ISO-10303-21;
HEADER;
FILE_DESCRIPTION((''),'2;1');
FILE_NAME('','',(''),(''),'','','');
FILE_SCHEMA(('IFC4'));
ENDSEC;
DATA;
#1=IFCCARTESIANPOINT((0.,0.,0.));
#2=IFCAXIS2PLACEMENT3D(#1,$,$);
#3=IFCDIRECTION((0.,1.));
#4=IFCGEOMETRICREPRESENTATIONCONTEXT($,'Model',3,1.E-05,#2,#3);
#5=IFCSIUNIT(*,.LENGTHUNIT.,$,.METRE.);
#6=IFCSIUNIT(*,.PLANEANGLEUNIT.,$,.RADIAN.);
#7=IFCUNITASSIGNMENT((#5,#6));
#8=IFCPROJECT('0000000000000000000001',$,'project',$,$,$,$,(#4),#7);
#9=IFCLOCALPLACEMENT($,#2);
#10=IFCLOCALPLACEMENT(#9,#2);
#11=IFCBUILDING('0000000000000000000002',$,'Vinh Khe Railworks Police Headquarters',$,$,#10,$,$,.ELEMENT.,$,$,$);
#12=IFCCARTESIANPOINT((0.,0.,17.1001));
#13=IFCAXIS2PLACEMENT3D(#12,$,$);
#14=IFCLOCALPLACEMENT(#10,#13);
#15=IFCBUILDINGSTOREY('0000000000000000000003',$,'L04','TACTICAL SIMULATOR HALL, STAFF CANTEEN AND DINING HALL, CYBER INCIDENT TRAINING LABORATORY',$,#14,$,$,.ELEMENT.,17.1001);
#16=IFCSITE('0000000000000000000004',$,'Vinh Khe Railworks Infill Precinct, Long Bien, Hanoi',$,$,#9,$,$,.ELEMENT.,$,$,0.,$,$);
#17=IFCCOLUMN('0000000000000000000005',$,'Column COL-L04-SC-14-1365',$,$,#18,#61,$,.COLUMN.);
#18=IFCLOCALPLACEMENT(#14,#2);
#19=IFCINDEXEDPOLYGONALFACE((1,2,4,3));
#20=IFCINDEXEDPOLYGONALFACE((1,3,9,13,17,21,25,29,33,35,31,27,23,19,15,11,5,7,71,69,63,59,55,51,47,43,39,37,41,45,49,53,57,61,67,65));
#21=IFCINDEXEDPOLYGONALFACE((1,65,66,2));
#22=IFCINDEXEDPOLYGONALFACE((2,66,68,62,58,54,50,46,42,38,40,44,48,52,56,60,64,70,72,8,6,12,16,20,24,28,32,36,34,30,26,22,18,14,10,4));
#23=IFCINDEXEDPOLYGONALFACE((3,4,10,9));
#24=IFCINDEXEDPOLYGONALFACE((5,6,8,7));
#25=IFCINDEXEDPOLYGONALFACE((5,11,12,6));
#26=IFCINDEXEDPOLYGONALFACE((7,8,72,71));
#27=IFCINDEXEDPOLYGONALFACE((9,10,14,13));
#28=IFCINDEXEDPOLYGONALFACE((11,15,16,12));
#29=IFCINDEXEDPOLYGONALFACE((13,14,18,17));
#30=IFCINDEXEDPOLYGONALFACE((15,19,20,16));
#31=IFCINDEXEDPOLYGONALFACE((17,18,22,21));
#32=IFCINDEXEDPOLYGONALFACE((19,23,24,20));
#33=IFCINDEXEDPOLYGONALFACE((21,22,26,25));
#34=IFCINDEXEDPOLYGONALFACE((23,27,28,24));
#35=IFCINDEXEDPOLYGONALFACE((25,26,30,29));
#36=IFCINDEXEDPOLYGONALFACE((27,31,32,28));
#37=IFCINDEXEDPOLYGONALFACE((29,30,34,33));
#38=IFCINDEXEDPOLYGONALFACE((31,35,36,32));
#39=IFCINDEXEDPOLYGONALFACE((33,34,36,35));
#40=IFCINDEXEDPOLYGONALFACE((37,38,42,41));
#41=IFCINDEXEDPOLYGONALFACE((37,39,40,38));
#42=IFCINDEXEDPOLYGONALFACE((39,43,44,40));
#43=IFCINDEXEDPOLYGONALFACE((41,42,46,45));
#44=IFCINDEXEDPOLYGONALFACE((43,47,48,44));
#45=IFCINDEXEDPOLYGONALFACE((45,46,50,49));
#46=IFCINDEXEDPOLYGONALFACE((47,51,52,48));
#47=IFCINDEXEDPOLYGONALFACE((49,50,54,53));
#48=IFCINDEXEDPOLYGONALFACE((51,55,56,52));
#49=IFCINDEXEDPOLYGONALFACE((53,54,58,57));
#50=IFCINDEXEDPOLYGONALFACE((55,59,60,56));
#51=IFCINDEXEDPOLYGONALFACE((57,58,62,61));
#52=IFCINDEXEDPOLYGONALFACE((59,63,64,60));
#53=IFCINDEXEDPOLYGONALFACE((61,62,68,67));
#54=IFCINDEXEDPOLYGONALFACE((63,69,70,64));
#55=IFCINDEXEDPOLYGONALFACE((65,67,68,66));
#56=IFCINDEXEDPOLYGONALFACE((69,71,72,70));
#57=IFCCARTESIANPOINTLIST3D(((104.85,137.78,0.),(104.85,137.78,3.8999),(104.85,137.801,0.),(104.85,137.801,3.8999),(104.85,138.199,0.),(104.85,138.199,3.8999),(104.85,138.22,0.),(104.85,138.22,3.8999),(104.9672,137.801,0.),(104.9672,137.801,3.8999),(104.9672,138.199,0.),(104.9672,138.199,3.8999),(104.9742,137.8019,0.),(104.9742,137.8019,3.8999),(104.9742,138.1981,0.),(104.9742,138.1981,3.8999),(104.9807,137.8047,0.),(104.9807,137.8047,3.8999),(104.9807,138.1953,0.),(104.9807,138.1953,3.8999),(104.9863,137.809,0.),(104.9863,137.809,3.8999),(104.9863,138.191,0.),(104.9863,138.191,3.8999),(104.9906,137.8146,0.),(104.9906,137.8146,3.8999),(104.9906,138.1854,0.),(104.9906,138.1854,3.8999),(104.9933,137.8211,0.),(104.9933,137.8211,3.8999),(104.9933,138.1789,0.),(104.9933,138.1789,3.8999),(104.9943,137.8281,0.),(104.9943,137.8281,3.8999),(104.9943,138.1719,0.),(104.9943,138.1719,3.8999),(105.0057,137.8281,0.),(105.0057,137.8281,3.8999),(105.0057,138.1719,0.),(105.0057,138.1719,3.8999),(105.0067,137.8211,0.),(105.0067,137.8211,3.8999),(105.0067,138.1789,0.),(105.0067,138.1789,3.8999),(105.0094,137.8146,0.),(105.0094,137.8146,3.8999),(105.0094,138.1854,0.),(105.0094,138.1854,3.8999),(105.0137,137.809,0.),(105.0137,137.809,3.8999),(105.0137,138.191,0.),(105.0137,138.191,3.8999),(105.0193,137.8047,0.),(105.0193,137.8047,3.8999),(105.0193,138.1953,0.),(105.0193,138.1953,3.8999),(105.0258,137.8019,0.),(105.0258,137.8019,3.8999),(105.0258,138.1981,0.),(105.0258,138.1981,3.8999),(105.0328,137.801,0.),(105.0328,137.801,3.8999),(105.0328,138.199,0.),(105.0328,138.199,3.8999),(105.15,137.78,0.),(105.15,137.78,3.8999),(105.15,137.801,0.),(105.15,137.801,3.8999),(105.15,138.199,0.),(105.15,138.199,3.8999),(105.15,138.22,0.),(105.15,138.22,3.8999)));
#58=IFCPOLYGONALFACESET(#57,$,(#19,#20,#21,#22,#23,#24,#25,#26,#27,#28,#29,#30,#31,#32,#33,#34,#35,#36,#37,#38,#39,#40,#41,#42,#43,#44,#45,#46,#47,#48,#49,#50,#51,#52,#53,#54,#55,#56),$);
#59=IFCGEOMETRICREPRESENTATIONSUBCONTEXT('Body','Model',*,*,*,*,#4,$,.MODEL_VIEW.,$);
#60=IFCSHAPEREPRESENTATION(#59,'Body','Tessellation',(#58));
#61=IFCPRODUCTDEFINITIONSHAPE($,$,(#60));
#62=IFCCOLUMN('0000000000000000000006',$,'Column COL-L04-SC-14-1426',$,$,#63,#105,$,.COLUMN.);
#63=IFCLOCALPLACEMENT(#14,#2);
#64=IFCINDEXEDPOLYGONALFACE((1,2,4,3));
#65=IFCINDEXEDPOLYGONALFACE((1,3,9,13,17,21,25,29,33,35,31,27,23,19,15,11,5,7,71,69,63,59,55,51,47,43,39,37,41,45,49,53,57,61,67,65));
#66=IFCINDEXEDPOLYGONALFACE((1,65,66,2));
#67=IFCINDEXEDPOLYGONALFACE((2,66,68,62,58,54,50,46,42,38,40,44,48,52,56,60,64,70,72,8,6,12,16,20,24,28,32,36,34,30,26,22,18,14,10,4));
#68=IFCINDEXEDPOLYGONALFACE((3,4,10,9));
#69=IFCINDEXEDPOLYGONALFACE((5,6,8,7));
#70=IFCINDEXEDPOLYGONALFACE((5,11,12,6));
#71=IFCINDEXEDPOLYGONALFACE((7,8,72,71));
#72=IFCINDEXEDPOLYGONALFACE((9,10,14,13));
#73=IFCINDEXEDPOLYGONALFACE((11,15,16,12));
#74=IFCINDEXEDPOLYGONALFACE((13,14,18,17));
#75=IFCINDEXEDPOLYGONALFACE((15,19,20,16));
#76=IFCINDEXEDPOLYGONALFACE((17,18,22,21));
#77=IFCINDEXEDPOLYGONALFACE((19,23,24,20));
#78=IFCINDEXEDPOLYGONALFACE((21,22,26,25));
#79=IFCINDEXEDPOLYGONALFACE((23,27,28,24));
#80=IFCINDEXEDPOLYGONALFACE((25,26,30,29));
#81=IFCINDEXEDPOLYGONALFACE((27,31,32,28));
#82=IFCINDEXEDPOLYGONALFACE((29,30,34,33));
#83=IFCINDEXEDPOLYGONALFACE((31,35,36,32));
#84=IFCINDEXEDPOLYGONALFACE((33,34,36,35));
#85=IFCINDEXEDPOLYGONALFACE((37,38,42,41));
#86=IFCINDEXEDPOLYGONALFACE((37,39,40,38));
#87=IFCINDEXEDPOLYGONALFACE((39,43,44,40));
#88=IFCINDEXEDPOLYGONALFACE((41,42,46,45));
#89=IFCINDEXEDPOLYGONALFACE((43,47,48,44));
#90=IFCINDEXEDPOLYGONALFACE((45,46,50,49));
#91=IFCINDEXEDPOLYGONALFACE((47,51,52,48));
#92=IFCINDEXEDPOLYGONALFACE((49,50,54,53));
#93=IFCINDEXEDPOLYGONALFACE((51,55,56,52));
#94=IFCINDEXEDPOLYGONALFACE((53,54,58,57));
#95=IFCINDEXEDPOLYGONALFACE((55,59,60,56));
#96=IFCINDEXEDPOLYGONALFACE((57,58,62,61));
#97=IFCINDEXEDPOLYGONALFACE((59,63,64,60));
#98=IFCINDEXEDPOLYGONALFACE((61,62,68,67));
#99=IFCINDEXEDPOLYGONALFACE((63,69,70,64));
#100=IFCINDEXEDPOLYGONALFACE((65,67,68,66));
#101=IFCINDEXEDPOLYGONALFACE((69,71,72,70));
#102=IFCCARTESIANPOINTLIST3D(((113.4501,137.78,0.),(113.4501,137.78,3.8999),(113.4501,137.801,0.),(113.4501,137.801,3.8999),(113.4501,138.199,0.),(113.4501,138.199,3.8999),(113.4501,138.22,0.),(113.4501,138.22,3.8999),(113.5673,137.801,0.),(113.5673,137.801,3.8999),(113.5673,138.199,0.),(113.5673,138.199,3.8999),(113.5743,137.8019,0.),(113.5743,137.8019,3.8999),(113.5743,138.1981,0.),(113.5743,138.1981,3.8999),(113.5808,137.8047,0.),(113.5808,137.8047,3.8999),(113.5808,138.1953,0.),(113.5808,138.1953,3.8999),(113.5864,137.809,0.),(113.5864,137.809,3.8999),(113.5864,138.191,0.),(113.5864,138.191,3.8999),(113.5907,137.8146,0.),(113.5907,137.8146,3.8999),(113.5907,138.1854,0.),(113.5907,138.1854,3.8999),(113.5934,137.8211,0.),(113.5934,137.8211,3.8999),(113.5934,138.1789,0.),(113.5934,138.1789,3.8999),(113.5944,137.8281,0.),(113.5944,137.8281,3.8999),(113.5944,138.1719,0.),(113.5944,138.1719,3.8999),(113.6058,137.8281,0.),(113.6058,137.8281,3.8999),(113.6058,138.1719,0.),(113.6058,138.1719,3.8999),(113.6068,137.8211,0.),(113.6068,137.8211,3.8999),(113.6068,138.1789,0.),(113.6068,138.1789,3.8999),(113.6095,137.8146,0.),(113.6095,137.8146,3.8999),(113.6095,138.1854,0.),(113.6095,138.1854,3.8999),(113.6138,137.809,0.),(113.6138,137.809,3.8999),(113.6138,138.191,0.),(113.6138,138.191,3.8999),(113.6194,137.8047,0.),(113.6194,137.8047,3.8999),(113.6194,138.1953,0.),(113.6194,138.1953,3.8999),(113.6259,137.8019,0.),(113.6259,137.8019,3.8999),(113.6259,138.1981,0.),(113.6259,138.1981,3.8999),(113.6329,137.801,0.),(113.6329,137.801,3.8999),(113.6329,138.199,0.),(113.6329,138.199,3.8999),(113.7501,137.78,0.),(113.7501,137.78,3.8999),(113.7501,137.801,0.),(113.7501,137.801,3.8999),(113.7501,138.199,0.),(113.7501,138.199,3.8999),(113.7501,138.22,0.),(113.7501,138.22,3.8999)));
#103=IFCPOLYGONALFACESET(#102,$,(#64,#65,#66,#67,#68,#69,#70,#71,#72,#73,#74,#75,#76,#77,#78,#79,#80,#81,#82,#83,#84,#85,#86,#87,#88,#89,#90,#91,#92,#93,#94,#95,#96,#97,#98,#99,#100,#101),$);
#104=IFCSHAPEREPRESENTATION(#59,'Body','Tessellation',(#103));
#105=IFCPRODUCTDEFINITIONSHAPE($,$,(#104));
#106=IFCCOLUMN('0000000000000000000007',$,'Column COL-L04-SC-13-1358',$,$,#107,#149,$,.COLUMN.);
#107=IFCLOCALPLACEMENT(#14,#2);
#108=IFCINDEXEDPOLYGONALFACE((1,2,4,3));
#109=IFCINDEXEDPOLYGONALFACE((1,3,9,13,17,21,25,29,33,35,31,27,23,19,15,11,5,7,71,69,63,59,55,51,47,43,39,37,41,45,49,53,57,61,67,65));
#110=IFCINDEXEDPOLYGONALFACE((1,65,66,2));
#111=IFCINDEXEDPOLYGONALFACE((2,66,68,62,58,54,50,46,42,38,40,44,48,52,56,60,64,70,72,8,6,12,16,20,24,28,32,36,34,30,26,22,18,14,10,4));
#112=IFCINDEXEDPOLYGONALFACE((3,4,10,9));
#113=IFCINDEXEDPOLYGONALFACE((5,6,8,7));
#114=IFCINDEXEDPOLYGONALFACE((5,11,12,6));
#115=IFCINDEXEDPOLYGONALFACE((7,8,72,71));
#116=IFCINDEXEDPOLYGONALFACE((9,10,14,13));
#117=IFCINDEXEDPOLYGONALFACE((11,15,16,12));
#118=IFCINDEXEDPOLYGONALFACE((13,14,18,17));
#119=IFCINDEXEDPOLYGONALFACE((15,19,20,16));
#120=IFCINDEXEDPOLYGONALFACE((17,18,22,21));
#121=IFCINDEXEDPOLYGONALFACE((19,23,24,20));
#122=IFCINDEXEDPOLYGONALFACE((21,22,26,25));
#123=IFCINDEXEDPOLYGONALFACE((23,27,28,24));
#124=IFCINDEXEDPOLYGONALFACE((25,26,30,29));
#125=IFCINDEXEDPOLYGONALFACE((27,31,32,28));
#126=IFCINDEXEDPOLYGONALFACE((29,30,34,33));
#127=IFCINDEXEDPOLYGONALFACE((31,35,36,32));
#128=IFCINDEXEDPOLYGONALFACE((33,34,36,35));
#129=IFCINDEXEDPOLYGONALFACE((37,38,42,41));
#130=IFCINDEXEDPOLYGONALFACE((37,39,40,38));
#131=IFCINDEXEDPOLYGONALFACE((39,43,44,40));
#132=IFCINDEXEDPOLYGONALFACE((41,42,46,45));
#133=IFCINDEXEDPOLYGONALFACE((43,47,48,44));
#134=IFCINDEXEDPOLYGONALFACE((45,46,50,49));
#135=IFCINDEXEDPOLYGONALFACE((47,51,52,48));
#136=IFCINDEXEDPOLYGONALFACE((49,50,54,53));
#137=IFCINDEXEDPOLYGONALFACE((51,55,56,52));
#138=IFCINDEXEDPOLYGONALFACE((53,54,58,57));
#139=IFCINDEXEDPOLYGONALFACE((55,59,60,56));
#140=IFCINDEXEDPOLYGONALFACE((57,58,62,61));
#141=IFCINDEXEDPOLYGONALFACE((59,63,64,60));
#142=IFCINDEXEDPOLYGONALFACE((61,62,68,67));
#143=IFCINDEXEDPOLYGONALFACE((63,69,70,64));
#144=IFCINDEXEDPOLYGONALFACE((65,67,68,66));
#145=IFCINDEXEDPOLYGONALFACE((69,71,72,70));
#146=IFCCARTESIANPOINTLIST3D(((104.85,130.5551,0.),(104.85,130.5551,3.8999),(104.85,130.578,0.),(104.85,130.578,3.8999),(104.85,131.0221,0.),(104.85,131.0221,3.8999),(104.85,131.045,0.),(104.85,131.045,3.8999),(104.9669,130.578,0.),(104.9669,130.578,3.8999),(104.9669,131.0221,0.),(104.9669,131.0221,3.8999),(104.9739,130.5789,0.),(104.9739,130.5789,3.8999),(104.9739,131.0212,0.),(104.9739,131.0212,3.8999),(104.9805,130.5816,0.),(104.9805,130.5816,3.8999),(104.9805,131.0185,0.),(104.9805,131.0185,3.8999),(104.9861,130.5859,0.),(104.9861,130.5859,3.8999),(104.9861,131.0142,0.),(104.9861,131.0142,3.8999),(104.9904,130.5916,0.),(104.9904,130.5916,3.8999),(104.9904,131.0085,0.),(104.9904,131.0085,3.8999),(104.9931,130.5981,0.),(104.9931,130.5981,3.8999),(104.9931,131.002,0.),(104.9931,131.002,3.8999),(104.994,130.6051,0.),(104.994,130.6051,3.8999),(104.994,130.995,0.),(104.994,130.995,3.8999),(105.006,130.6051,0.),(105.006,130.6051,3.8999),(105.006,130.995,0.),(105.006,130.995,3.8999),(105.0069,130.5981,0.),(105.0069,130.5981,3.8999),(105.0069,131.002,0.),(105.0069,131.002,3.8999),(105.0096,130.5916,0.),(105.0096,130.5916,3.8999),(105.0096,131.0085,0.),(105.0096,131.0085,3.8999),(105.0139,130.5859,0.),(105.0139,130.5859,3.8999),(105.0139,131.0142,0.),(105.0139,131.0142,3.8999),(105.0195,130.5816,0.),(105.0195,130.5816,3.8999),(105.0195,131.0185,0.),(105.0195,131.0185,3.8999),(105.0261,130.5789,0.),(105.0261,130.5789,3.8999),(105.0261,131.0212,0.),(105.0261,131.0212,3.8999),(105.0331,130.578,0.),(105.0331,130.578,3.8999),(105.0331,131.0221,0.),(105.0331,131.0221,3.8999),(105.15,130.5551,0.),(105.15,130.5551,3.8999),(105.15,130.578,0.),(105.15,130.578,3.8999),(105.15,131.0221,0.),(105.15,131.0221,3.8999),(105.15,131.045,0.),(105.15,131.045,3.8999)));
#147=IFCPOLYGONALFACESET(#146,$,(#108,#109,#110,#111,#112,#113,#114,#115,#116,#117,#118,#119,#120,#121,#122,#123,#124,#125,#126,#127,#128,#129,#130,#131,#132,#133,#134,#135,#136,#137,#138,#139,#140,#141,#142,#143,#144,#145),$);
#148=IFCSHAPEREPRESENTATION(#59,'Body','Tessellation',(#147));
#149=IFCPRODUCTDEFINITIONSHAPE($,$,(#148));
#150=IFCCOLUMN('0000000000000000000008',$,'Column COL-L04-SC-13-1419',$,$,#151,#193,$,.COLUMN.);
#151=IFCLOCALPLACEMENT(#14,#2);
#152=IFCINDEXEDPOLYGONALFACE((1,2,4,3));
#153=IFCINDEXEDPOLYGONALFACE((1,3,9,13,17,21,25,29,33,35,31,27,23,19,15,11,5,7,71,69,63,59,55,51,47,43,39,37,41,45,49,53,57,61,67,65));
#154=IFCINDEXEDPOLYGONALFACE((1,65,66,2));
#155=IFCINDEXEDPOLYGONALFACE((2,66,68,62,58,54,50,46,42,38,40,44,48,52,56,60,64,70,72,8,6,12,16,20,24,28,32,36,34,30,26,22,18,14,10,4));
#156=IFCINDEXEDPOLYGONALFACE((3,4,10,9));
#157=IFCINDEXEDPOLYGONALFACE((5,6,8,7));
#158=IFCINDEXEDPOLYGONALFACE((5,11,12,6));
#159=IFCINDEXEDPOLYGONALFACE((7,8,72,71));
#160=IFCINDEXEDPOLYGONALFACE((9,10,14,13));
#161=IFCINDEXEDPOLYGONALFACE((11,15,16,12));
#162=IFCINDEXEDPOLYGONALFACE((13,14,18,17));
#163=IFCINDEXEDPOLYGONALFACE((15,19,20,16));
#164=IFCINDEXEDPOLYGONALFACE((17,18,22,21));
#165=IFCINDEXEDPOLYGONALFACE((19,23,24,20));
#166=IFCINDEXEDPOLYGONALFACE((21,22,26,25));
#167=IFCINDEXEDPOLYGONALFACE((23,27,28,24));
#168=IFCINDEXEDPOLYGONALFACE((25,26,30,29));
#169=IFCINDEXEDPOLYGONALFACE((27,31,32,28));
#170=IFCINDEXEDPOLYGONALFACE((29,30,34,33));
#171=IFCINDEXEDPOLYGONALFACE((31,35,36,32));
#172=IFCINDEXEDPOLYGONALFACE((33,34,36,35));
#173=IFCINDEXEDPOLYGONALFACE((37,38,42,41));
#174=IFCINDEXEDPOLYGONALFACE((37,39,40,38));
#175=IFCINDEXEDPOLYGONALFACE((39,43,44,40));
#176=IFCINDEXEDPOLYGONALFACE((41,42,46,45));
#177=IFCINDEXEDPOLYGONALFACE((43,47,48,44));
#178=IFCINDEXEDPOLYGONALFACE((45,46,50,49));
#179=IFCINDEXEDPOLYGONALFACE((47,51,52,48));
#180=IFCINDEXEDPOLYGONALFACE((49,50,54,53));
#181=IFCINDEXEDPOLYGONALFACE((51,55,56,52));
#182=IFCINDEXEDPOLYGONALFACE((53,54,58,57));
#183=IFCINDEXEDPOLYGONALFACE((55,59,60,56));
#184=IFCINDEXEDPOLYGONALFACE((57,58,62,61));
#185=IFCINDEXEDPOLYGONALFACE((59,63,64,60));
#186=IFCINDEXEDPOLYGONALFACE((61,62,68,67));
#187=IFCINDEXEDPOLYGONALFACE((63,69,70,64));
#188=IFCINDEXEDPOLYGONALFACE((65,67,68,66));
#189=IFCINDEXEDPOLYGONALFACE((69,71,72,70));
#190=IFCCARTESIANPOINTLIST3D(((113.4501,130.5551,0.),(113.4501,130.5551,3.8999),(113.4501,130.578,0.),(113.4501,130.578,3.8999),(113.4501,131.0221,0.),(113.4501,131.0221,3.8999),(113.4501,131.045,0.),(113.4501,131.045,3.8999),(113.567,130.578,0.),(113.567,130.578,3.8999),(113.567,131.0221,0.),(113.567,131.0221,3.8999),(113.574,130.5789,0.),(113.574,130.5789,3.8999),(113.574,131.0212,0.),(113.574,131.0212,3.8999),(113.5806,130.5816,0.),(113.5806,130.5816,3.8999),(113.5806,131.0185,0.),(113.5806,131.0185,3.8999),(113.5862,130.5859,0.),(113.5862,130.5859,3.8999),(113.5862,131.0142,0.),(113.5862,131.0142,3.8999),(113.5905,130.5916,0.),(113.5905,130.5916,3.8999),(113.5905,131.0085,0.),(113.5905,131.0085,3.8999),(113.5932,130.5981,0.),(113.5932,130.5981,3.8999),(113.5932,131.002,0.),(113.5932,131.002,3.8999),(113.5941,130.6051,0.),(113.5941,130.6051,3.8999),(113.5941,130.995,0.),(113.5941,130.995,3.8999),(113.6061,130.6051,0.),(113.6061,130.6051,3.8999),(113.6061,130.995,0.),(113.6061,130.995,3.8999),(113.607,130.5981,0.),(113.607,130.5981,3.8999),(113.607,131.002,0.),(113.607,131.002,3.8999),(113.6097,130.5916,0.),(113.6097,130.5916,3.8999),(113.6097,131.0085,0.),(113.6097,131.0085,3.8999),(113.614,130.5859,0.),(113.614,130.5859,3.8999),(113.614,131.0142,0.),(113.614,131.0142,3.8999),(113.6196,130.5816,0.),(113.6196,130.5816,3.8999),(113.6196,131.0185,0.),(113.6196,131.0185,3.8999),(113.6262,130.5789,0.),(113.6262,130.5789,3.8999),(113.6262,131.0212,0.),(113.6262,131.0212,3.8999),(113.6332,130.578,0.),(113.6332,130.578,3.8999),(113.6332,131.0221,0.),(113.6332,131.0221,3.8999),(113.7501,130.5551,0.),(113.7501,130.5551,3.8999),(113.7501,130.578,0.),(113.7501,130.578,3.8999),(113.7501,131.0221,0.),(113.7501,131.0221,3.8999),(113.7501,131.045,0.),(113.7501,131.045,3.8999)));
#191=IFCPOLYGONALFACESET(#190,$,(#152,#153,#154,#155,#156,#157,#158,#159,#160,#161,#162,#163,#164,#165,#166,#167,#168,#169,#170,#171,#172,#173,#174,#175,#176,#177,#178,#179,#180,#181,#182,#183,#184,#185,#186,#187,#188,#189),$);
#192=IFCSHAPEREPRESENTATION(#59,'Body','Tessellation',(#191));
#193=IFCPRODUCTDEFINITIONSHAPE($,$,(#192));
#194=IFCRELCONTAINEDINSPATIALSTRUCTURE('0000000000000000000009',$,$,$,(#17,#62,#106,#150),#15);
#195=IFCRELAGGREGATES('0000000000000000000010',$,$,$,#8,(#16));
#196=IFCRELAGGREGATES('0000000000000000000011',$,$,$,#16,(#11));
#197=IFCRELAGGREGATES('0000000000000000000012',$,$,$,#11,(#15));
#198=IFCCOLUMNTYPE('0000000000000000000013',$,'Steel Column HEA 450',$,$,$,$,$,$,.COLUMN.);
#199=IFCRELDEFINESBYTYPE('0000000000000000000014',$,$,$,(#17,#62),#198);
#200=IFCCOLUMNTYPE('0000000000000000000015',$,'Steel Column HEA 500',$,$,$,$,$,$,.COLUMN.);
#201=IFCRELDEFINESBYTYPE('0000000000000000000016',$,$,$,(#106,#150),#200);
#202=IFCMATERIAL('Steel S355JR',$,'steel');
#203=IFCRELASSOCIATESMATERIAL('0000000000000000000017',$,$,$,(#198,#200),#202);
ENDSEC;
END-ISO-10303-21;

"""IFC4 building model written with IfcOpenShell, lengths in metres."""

from ifc_helpers import new_model, si_unit, direction, frame, origin, origin_2d, place, context, subcontext, project, spatial, i_section, extrude, material, material_profile, profile_set, type_object, element, save


model = new_model("IFC4")

# Units and contexts
model_context = context("Model", 3, precision=1e-05, world=origin(), true_north=direction((0.0, 1.0)))
body_context = subcontext(model_context, "Body", "Model", "MODEL_VIEW")
ifc_project = project(units=[si_unit("LENGTHUNIT", "METRE"), si_unit("PLANEANGLEUNIT", "RADIAN")], contexts=[model_context])

# Site, building, storey
site_placement = place(None, origin())
site = spatial("IfcSite", under=ifc_project, at=site_placement, Name="Vinh Khe Railworks Infill Precinct, Long Bien, Hanoi", CompositionType="ELEMENT", RefElevation=0.0)
building_placement = place(site_placement, origin())
building = spatial("IfcBuilding", under=site, at=building_placement, Name="Vinh Khe Railworks Police Headquarters", CompositionType="ELEMENT")
storey_placement = place(building_placement, frame((0.0, 0.0, 17.1001)))
storey = spatial("IfcBuildingStorey", under=building, at=storey_placement, Name="L04", Description="TACTICAL SIMULATOR HALL, STAFF CANTEEN AND DINING HALL, CYBER INCIDENT TRAINING LABORATORY", CompositionType="ELEMENT", Elevation=17.1001)

# Columns
ifc_material_1 = material(Name="Steel S355JR", Category="steel")
ifc_material_profile_1 = material_profile(ifc_material_1, i_section(OverallWidth=0.3, OverallDepth=0.4399, WebThickness=0.0115, FlangeThickness=0.021, FilletRadius=0.0271, at=origin_2d()), Name="HEA 450")
ifc_profile_set_1 = profile_set([ifc_material_profile_1], Name="Steel S355JR")
column_type_1 = type_object("IfcColumnType", Name="Steel Column HEA 450", PredefinedType="COLUMN", material=ifc_profile_set_1)
for number, where, z_axis, x_axis, name in (
    (1, (105.0, 138.0, 0.0), (0.0, 0.0, 1.0), (1.0, 0.0, 0.0), "Column COL-L04-SC-14-1365"),
    (2, (113.6001, 138.0, 0.0), (0.0, 0.0, 1.0), (1.0, 0.0, 0.0), "Column COL-L04-SC-14-1426"),
):
    element("IfcColumn", number, at=place(storey_placement, frame(where, z_axis=z_axis, x_axis=x_axis)), inside=storey, type_object=column_type_1, Name=name, PredefinedType="COLUMN", context=body_context, shape_type="SweptSolid", body=[
        extrude(i_section(OverallWidth=0.3, OverallDepth=0.4399, WebThickness=0.0115, FlangeThickness=0.021, FilletRadius=0.0271, at=origin_2d()), origin(), (0.0, 0.0, 1.0), 3.8999),
    ])
ifc_material_profile_2 = material_profile(ifc_material_1, i_section(OverallWidth=0.3, OverallDepth=0.49, WebThickness=0.012, FlangeThickness=0.0229, FilletRadius=0.0271, at=origin_2d()), Name="HEA 500")
ifc_profile_set_2 = profile_set([ifc_material_profile_2], Name="Steel S355JR")
column_type_2 = type_object("IfcColumnType", Name="Steel Column HEA 500", PredefinedType="COLUMN", material=ifc_profile_set_2)
for number, where, z_axis, x_axis, name in (
    (3, (105.0, 130.8, 0.0), (0.0, 0.0, 1.0), (1.0, 0.0, 0.0), "Column COL-L04-SC-13-1358"),
    (4, (113.6001, 130.8, 0.0), (0.0, 0.0, 1.0), (1.0, 0.0, 0.0), "Column COL-L04-SC-13-1419"),
):
    element("IfcColumn", number, at=place(storey_placement, frame(where, z_axis=z_axis, x_axis=x_axis)), inside=storey, type_object=column_type_2, Name=name, PredefinedType="COLUMN", context=body_context, shape_type="SweptSolid", body=[
        extrude(i_section(OverallWidth=0.3, OverallDepth=0.49, WebThickness=0.012, FlangeThickness=0.0229, FilletRadius=0.0271, at=origin_2d()), origin(), (0.0, 0.0, 1.0), 3.8999),
    ])

save(model, "model.ifc")
